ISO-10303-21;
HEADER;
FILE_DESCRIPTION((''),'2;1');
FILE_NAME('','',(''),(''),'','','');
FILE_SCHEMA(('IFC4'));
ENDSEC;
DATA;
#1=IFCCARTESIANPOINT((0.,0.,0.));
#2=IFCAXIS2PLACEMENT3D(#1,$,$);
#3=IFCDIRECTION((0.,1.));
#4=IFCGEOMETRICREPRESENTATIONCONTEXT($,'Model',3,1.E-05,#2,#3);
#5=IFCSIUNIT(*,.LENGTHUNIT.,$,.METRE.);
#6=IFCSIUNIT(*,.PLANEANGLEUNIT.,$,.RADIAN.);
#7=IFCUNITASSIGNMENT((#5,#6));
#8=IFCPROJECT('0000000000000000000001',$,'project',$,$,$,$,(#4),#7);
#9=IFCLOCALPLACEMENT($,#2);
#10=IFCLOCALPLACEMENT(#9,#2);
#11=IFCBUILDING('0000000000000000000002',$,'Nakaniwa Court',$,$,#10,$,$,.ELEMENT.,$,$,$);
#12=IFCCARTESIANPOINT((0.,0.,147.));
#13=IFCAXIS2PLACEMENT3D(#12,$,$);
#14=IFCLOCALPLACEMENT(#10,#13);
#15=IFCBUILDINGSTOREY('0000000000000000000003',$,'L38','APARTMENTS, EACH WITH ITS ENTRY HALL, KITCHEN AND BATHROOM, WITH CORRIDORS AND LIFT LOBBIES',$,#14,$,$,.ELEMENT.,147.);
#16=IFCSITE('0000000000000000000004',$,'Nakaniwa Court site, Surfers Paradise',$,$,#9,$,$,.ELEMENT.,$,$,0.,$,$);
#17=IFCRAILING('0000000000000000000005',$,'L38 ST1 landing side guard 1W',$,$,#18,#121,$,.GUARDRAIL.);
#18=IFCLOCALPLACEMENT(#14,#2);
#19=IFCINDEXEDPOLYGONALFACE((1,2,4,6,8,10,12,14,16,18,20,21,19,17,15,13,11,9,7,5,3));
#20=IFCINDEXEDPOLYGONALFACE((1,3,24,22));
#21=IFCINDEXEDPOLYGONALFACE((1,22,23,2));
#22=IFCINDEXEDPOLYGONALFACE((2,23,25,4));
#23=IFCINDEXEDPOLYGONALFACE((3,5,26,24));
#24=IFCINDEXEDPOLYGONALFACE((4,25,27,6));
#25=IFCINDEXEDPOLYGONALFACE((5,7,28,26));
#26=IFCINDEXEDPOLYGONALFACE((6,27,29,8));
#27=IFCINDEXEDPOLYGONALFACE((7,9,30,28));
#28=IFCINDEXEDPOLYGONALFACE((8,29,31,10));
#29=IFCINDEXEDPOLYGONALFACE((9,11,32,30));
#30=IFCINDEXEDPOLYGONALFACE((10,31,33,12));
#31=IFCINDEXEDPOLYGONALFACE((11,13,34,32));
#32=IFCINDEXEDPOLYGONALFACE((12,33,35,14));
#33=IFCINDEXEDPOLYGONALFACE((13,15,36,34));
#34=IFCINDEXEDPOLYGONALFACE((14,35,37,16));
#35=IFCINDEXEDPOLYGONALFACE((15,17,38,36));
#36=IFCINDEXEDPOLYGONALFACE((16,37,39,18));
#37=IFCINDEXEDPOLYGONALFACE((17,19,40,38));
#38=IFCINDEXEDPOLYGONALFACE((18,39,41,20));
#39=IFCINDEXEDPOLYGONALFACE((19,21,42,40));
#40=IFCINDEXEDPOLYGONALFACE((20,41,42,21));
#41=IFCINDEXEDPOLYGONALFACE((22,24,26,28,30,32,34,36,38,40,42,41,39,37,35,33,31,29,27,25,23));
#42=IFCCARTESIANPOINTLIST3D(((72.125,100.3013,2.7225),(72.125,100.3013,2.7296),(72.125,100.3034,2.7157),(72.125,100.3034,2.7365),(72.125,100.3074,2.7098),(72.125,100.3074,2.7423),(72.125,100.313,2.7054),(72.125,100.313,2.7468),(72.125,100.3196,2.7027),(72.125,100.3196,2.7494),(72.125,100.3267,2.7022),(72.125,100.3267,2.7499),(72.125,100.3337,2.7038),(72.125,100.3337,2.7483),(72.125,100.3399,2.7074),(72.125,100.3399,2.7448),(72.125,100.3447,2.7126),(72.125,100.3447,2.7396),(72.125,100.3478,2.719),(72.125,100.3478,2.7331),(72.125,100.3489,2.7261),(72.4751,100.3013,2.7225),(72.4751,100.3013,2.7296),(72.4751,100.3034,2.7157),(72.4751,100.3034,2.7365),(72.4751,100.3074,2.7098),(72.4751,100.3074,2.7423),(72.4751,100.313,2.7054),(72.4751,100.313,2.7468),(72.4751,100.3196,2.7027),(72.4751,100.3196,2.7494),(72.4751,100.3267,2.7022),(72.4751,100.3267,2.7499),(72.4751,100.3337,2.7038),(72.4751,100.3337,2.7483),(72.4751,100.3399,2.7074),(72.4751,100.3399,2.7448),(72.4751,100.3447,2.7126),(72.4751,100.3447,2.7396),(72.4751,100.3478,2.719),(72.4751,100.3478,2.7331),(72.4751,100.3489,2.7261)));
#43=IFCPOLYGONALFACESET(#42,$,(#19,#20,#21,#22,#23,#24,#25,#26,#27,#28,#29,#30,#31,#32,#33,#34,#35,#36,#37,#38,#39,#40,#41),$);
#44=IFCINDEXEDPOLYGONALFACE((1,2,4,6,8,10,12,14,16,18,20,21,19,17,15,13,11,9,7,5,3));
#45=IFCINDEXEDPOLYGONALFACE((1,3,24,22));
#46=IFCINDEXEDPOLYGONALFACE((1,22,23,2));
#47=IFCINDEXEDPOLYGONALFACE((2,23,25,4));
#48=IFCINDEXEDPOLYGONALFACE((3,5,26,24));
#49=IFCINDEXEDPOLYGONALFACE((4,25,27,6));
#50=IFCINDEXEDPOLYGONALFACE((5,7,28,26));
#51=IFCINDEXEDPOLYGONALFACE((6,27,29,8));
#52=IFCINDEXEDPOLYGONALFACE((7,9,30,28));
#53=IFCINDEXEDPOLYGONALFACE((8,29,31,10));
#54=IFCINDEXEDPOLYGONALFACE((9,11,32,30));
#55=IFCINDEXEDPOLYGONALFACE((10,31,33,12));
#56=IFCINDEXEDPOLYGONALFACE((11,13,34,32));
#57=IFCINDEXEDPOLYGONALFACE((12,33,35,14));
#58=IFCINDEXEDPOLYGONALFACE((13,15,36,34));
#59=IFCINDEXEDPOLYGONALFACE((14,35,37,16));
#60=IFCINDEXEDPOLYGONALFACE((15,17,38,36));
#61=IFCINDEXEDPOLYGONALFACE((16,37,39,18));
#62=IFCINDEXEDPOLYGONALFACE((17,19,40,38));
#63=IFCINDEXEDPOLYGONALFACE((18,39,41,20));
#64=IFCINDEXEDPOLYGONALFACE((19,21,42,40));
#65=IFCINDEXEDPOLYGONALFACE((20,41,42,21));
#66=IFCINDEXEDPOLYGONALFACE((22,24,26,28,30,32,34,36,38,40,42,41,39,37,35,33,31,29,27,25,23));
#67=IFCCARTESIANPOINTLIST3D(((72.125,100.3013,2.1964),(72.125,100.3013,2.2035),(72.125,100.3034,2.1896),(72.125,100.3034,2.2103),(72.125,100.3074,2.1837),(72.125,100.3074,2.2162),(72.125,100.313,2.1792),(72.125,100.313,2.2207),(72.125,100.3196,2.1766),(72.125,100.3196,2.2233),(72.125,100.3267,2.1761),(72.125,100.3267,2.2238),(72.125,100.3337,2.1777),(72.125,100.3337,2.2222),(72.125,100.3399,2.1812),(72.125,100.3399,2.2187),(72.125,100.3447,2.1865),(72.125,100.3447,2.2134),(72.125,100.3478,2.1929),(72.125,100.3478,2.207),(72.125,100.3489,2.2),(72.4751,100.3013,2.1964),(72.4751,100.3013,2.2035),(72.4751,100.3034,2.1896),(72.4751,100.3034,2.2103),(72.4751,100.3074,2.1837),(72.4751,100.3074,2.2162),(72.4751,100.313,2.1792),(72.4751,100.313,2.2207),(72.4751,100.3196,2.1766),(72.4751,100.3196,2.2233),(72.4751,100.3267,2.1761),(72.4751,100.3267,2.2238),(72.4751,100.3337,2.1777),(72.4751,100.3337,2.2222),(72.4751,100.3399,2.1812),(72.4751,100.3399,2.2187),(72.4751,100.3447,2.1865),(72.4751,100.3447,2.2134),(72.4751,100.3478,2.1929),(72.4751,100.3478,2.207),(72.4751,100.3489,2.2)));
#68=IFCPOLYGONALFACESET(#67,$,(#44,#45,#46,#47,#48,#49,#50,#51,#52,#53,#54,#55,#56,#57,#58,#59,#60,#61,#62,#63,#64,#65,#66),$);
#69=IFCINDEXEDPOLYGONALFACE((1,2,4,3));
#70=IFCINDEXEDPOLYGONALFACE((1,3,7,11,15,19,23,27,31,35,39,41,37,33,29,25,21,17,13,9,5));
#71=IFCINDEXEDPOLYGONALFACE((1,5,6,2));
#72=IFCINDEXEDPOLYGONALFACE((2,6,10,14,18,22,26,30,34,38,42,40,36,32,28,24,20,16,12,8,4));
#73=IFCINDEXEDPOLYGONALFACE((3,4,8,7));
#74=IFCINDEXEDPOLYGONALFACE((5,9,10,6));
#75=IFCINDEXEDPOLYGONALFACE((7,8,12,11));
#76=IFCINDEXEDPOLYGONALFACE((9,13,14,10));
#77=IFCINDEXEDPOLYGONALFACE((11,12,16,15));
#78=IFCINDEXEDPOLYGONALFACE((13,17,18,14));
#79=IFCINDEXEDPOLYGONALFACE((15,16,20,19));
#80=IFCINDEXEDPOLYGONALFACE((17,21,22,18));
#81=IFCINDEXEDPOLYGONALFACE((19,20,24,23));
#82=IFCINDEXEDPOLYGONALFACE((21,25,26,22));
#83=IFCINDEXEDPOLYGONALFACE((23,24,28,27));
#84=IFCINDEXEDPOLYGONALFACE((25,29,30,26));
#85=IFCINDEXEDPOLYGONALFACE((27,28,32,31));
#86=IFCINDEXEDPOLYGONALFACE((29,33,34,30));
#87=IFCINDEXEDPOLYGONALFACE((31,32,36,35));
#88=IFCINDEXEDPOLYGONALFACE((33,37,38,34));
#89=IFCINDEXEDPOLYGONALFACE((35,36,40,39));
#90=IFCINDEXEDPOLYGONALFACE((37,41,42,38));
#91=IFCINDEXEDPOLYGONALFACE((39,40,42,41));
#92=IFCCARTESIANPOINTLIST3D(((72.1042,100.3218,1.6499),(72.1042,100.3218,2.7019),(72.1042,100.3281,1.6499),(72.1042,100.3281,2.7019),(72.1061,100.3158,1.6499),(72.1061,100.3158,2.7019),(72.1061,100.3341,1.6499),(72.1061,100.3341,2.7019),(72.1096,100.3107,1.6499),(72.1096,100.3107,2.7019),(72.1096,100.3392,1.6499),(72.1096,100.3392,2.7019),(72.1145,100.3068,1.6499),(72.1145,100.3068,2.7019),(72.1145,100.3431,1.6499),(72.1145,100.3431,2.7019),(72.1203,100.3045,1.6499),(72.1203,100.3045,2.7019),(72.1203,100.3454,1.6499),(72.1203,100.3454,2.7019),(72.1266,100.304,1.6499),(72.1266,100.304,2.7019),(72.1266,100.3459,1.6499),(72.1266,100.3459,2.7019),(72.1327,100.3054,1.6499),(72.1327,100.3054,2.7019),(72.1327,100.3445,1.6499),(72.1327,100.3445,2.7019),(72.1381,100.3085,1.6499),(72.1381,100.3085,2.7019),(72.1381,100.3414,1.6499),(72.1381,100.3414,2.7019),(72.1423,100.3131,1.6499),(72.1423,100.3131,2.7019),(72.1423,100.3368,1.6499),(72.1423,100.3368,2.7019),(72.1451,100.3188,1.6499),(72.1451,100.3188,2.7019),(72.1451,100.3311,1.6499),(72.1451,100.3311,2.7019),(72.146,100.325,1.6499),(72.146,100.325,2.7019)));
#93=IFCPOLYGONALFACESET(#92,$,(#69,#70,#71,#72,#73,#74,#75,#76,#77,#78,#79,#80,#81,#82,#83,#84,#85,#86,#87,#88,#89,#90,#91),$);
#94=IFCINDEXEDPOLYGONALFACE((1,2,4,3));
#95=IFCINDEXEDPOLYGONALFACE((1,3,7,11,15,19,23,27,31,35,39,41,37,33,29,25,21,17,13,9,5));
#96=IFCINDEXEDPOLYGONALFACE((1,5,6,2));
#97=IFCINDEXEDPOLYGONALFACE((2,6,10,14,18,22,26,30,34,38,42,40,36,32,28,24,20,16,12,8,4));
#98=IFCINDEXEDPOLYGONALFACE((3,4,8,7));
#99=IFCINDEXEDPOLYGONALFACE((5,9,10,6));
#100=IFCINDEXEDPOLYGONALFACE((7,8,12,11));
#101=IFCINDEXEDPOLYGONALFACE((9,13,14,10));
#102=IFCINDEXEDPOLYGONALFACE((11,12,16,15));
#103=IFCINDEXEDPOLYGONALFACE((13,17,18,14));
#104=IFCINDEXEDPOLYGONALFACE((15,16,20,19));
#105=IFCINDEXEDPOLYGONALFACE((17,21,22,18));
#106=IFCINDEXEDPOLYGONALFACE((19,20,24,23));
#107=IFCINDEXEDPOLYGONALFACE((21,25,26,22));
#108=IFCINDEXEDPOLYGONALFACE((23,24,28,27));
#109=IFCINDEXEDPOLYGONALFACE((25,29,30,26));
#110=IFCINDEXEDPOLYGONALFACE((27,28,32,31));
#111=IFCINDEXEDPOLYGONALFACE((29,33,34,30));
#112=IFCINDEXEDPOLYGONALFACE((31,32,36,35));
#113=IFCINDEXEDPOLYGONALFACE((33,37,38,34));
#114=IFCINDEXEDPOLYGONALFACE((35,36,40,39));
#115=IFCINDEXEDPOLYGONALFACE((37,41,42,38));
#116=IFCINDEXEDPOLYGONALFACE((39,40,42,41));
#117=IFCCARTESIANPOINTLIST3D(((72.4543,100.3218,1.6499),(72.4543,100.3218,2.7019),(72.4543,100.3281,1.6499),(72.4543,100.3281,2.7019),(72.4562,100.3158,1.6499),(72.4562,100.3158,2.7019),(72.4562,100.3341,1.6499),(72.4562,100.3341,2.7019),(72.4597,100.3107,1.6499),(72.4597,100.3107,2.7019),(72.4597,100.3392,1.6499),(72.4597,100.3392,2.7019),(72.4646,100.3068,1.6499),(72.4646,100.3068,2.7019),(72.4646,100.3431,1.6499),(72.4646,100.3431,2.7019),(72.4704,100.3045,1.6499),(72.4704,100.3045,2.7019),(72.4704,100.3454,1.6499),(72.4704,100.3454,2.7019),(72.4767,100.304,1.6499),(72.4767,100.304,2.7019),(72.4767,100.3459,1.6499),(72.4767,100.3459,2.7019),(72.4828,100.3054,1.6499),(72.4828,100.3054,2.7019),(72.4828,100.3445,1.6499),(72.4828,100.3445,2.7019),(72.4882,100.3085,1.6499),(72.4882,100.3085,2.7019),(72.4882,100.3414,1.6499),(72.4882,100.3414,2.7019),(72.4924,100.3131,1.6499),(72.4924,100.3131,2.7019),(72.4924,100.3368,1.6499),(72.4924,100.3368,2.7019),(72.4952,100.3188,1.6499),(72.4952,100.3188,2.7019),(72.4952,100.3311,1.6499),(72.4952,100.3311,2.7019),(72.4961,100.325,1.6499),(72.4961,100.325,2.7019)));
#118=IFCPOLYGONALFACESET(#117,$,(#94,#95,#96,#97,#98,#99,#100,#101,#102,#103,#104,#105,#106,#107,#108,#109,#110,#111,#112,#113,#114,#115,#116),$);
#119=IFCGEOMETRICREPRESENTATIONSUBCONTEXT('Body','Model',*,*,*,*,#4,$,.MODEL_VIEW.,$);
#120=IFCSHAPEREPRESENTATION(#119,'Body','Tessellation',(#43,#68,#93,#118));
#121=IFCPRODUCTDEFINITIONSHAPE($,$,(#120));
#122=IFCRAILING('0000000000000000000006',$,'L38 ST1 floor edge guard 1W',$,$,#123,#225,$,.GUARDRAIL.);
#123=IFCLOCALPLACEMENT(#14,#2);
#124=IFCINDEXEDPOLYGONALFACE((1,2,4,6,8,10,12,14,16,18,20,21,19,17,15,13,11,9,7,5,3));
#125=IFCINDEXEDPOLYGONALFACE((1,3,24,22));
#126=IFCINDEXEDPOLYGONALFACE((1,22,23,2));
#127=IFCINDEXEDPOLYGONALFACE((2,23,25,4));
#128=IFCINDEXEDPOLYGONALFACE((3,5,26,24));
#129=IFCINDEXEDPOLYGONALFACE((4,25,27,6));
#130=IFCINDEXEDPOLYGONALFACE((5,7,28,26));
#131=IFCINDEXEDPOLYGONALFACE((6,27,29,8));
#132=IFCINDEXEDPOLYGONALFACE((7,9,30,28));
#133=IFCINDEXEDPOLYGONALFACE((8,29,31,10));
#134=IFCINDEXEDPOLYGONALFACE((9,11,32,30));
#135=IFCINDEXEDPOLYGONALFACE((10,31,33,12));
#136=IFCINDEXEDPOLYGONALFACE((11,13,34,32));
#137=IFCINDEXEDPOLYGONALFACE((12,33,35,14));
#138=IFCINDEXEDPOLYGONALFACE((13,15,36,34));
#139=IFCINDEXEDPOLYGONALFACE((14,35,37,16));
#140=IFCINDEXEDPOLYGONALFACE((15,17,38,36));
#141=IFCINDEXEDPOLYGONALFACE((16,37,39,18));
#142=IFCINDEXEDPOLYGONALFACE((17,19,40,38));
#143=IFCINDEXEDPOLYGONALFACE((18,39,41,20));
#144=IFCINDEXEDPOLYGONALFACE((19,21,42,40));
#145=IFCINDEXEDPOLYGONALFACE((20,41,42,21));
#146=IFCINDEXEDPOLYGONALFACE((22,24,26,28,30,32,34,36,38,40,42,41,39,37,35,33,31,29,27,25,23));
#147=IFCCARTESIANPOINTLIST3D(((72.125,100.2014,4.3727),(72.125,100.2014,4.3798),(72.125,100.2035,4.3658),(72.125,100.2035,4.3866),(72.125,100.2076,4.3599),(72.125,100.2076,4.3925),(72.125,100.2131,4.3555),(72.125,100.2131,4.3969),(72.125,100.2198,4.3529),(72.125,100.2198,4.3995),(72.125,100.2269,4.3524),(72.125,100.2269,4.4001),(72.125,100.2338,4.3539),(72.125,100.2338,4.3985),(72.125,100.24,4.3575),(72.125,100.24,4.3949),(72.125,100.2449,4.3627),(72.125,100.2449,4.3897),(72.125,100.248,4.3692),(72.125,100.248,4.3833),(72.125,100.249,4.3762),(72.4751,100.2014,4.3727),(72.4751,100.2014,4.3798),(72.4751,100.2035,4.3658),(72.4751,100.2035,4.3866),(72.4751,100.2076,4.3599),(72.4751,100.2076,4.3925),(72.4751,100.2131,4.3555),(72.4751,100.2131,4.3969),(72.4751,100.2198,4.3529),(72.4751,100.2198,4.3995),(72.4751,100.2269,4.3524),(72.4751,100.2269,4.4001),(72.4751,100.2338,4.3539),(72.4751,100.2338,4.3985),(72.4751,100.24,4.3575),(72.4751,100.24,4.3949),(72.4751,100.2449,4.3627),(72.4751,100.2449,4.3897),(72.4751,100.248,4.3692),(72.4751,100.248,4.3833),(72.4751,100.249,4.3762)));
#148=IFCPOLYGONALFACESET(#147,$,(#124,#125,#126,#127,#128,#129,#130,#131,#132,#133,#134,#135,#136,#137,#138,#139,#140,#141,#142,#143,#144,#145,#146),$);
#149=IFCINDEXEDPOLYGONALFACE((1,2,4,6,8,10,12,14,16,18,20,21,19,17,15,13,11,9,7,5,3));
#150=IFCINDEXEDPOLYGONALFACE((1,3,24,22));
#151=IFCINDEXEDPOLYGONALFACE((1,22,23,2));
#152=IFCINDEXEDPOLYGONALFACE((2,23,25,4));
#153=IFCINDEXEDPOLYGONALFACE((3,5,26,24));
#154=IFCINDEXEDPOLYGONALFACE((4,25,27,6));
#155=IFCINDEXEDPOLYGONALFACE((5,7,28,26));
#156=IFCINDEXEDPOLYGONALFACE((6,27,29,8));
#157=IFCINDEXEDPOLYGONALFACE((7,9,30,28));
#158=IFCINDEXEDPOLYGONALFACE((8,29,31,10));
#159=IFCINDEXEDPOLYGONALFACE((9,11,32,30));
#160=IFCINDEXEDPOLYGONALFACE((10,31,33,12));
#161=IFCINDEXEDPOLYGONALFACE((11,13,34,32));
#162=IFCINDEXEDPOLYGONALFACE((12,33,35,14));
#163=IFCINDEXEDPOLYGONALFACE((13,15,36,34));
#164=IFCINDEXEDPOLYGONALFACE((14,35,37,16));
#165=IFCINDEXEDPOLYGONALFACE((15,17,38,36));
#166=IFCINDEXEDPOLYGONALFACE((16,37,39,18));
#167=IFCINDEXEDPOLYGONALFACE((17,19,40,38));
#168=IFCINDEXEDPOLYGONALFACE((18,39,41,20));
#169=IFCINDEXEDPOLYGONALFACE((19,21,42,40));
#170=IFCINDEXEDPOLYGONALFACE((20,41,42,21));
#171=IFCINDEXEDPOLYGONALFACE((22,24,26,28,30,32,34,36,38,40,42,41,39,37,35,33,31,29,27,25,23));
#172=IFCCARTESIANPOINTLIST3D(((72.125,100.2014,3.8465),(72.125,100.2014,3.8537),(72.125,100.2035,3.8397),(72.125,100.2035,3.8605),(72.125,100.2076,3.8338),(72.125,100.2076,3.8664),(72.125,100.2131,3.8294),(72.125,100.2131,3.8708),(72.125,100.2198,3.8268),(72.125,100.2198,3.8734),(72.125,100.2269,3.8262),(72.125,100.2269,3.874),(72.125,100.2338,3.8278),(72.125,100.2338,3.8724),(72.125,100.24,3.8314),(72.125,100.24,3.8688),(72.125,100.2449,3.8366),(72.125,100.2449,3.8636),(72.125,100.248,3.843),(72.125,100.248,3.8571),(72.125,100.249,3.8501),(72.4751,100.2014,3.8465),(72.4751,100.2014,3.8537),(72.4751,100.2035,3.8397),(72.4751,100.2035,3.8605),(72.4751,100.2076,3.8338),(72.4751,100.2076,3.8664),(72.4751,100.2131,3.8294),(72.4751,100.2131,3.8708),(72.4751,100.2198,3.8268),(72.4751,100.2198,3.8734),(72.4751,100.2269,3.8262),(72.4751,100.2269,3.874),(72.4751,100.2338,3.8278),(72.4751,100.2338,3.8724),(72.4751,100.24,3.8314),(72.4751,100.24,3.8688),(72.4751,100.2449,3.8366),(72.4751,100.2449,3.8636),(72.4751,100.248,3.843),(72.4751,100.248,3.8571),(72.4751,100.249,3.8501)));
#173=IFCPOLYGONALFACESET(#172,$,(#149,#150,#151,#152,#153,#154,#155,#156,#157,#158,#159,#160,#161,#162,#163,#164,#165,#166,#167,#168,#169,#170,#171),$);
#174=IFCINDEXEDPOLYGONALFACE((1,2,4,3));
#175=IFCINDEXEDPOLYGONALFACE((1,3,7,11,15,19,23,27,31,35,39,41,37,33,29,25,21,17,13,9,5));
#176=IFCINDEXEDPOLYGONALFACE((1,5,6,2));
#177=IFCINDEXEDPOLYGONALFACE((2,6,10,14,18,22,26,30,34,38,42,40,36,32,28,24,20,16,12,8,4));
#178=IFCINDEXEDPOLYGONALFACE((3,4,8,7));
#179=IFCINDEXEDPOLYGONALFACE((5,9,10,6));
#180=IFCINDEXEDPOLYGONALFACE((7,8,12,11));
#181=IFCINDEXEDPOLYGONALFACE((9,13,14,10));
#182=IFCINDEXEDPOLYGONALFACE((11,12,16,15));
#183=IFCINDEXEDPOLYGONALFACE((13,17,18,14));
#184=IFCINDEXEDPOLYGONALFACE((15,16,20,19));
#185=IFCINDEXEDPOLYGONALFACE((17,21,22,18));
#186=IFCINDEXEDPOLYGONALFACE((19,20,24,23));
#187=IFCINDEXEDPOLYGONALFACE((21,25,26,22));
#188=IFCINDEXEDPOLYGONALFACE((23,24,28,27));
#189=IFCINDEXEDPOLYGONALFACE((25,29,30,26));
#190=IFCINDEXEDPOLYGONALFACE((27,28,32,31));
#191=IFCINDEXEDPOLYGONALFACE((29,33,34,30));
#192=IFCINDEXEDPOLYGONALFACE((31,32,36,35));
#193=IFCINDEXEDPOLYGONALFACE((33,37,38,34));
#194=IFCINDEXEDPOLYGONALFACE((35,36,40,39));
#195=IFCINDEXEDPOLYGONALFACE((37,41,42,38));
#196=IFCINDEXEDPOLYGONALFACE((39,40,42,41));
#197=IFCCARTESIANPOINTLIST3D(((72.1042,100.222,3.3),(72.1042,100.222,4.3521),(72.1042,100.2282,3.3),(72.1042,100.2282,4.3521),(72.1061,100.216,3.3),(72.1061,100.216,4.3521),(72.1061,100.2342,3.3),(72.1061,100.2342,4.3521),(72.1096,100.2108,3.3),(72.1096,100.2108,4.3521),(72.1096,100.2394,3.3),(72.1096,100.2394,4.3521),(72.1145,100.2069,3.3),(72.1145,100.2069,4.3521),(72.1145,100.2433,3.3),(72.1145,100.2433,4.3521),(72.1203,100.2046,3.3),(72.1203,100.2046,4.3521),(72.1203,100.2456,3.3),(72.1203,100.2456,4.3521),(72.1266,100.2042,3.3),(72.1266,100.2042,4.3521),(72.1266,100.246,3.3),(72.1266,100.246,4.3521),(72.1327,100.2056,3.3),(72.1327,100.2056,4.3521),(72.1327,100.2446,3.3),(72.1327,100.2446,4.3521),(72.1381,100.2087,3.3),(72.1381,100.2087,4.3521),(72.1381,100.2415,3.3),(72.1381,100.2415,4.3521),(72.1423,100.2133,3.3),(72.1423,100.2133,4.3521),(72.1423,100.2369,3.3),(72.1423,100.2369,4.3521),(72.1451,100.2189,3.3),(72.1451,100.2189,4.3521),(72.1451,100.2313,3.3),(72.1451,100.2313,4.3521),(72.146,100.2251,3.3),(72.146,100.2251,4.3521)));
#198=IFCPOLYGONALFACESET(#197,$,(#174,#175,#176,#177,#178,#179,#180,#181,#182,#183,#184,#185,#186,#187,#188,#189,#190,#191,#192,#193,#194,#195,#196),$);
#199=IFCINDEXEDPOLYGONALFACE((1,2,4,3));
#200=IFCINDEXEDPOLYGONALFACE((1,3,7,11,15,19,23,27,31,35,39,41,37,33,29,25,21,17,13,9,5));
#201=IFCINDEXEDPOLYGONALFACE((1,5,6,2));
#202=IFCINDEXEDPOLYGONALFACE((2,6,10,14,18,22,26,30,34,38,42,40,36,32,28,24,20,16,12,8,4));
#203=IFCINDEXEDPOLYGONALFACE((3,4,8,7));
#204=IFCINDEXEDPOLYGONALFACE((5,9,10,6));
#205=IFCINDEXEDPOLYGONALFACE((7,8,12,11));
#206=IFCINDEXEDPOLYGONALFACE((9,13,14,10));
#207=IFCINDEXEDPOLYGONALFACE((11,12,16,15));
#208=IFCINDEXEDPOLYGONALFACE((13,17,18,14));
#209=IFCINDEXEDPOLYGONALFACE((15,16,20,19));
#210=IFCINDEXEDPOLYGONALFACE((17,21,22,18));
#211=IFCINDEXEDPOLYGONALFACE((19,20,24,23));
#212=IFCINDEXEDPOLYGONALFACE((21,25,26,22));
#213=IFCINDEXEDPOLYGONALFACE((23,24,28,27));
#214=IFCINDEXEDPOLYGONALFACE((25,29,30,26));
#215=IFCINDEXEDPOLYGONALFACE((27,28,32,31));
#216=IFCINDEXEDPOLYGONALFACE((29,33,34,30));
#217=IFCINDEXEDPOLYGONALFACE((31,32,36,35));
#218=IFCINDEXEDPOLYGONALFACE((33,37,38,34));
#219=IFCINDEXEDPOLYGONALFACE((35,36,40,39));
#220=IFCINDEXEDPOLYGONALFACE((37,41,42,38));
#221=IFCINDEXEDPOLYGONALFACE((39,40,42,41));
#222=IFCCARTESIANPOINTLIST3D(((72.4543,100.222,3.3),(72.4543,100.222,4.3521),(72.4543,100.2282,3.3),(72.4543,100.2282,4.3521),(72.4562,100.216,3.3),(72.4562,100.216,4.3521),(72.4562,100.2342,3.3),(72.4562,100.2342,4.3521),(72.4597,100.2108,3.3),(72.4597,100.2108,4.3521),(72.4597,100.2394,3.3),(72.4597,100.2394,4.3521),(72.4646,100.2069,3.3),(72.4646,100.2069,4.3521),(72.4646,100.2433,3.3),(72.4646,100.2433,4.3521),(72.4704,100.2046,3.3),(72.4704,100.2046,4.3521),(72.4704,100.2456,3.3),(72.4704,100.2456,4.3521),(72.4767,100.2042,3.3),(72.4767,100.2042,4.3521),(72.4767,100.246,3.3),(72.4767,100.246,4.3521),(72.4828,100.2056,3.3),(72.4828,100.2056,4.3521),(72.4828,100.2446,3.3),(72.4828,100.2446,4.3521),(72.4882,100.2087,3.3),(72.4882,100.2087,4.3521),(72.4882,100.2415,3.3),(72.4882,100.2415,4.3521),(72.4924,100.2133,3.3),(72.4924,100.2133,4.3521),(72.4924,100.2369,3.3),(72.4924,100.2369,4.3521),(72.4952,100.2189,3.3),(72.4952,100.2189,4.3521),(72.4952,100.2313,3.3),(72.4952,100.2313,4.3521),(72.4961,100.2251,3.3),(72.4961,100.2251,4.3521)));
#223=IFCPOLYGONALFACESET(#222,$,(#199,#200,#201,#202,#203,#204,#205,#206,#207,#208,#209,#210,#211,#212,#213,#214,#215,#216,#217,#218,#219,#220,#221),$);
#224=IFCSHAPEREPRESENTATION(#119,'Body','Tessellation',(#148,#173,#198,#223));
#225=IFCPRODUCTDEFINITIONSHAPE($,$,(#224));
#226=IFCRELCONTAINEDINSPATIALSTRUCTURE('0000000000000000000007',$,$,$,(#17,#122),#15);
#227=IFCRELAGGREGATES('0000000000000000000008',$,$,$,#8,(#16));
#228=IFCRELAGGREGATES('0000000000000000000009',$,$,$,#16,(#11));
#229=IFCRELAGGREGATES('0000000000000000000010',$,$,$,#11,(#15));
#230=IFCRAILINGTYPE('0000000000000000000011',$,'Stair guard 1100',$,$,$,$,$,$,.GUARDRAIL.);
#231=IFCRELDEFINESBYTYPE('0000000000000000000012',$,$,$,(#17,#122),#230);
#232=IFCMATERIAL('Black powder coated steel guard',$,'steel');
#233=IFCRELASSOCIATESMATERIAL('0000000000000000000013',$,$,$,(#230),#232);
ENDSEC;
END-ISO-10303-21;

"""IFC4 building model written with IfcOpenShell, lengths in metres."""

from ifc_helpers import new_model, si_unit, direction, frame, origin, origin_2d, place, context, subcontext, project, spatial, circle, extrude, material, type_object, element, save


model = new_model("IFC4")

# Units and contexts
model_context = context("Model", 3, precision=1e-05, world=origin(), true_north=direction((0.0, 1.0)))
body_context = subcontext(model_context, "Body", "Model", "MODEL_VIEW")
ifc_project = project(units=[si_unit("LENGTHUNIT", "METRE"), si_unit("PLANEANGLEUNIT", "RADIAN")], contexts=[model_context])

# Site, building, storey
site_placement = place(None, origin())
site = spatial("IfcSite", under=ifc_project, at=site_placement, Name="Nakaniwa Court site, Surfers Paradise", CompositionType="ELEMENT", RefElevation=0.0)
building_placement = place(site_placement, origin())
building = spatial("IfcBuilding", under=site, at=building_placement, Name="Nakaniwa Court", CompositionType="ELEMENT")
storey_placement = place(building_placement, frame((0.0, 0.0, 147.0)))
storey = spatial("IfcBuildingStorey", under=building, at=storey_placement, Name="L38", Description="APARTMENTS, EACH WITH ITS ENTRY HALL, KITCHEN AND BATHROOM, WITH CORRIDORS AND LIFT LOBBIES", CompositionType="ELEMENT", Elevation=147.0)

# Railings
ifc_material_1 = material(Name="Black powder coated steel guard", Category="steel")
railing_type_1 = type_object("IfcRailingType", Name="Stair guard 1100", PredefinedType="GUARDRAIL", material=ifc_material_1)
for number, where, name in (
    (1, (72.125, 100.325, 1.6499), "L38 ST1 landing side guard 1W"),
    (2, (72.125, 100.2251, 3.3), "L38 ST1 floor edge guard 1W"),
):
    element("IfcRailing", number, at=place(storey_placement, frame(where)), inside=storey, type_object=railing_type_1, Name=name, PredefinedType="GUARDRAIL", context=body_context, shape_type="SweptSolid", body=[
        extrude(circle(Radius=0.0239, at=origin_2d()), frame((0.0, 0.0, 1.0762), z_axis=(1.0, 0.0, 0.0), x_axis=(0.0, 1.0, 0.0)), (0.0, 0.0, 1.0), 0.3501),
        extrude(circle(Radius=0.0239, at=origin_2d()), frame((0.0, 0.0, 0.55), z_axis=(1.0, 0.0, 0.0), x_axis=(0.0, 1.0, 0.0)), (0.0, 0.0, 1.0), 0.3501),
        extrude(circle(Radius=0.021, at=origin_2d()), origin(), (0.0, 0.0, 1.0), 1.052),
        extrude(circle(Radius=0.021, at=origin_2d()), frame((0.3501, 0.0, 0.0)), (0.0, 0.0, 1.0), 1.052),
    ])

save(model, "model.ifc")
